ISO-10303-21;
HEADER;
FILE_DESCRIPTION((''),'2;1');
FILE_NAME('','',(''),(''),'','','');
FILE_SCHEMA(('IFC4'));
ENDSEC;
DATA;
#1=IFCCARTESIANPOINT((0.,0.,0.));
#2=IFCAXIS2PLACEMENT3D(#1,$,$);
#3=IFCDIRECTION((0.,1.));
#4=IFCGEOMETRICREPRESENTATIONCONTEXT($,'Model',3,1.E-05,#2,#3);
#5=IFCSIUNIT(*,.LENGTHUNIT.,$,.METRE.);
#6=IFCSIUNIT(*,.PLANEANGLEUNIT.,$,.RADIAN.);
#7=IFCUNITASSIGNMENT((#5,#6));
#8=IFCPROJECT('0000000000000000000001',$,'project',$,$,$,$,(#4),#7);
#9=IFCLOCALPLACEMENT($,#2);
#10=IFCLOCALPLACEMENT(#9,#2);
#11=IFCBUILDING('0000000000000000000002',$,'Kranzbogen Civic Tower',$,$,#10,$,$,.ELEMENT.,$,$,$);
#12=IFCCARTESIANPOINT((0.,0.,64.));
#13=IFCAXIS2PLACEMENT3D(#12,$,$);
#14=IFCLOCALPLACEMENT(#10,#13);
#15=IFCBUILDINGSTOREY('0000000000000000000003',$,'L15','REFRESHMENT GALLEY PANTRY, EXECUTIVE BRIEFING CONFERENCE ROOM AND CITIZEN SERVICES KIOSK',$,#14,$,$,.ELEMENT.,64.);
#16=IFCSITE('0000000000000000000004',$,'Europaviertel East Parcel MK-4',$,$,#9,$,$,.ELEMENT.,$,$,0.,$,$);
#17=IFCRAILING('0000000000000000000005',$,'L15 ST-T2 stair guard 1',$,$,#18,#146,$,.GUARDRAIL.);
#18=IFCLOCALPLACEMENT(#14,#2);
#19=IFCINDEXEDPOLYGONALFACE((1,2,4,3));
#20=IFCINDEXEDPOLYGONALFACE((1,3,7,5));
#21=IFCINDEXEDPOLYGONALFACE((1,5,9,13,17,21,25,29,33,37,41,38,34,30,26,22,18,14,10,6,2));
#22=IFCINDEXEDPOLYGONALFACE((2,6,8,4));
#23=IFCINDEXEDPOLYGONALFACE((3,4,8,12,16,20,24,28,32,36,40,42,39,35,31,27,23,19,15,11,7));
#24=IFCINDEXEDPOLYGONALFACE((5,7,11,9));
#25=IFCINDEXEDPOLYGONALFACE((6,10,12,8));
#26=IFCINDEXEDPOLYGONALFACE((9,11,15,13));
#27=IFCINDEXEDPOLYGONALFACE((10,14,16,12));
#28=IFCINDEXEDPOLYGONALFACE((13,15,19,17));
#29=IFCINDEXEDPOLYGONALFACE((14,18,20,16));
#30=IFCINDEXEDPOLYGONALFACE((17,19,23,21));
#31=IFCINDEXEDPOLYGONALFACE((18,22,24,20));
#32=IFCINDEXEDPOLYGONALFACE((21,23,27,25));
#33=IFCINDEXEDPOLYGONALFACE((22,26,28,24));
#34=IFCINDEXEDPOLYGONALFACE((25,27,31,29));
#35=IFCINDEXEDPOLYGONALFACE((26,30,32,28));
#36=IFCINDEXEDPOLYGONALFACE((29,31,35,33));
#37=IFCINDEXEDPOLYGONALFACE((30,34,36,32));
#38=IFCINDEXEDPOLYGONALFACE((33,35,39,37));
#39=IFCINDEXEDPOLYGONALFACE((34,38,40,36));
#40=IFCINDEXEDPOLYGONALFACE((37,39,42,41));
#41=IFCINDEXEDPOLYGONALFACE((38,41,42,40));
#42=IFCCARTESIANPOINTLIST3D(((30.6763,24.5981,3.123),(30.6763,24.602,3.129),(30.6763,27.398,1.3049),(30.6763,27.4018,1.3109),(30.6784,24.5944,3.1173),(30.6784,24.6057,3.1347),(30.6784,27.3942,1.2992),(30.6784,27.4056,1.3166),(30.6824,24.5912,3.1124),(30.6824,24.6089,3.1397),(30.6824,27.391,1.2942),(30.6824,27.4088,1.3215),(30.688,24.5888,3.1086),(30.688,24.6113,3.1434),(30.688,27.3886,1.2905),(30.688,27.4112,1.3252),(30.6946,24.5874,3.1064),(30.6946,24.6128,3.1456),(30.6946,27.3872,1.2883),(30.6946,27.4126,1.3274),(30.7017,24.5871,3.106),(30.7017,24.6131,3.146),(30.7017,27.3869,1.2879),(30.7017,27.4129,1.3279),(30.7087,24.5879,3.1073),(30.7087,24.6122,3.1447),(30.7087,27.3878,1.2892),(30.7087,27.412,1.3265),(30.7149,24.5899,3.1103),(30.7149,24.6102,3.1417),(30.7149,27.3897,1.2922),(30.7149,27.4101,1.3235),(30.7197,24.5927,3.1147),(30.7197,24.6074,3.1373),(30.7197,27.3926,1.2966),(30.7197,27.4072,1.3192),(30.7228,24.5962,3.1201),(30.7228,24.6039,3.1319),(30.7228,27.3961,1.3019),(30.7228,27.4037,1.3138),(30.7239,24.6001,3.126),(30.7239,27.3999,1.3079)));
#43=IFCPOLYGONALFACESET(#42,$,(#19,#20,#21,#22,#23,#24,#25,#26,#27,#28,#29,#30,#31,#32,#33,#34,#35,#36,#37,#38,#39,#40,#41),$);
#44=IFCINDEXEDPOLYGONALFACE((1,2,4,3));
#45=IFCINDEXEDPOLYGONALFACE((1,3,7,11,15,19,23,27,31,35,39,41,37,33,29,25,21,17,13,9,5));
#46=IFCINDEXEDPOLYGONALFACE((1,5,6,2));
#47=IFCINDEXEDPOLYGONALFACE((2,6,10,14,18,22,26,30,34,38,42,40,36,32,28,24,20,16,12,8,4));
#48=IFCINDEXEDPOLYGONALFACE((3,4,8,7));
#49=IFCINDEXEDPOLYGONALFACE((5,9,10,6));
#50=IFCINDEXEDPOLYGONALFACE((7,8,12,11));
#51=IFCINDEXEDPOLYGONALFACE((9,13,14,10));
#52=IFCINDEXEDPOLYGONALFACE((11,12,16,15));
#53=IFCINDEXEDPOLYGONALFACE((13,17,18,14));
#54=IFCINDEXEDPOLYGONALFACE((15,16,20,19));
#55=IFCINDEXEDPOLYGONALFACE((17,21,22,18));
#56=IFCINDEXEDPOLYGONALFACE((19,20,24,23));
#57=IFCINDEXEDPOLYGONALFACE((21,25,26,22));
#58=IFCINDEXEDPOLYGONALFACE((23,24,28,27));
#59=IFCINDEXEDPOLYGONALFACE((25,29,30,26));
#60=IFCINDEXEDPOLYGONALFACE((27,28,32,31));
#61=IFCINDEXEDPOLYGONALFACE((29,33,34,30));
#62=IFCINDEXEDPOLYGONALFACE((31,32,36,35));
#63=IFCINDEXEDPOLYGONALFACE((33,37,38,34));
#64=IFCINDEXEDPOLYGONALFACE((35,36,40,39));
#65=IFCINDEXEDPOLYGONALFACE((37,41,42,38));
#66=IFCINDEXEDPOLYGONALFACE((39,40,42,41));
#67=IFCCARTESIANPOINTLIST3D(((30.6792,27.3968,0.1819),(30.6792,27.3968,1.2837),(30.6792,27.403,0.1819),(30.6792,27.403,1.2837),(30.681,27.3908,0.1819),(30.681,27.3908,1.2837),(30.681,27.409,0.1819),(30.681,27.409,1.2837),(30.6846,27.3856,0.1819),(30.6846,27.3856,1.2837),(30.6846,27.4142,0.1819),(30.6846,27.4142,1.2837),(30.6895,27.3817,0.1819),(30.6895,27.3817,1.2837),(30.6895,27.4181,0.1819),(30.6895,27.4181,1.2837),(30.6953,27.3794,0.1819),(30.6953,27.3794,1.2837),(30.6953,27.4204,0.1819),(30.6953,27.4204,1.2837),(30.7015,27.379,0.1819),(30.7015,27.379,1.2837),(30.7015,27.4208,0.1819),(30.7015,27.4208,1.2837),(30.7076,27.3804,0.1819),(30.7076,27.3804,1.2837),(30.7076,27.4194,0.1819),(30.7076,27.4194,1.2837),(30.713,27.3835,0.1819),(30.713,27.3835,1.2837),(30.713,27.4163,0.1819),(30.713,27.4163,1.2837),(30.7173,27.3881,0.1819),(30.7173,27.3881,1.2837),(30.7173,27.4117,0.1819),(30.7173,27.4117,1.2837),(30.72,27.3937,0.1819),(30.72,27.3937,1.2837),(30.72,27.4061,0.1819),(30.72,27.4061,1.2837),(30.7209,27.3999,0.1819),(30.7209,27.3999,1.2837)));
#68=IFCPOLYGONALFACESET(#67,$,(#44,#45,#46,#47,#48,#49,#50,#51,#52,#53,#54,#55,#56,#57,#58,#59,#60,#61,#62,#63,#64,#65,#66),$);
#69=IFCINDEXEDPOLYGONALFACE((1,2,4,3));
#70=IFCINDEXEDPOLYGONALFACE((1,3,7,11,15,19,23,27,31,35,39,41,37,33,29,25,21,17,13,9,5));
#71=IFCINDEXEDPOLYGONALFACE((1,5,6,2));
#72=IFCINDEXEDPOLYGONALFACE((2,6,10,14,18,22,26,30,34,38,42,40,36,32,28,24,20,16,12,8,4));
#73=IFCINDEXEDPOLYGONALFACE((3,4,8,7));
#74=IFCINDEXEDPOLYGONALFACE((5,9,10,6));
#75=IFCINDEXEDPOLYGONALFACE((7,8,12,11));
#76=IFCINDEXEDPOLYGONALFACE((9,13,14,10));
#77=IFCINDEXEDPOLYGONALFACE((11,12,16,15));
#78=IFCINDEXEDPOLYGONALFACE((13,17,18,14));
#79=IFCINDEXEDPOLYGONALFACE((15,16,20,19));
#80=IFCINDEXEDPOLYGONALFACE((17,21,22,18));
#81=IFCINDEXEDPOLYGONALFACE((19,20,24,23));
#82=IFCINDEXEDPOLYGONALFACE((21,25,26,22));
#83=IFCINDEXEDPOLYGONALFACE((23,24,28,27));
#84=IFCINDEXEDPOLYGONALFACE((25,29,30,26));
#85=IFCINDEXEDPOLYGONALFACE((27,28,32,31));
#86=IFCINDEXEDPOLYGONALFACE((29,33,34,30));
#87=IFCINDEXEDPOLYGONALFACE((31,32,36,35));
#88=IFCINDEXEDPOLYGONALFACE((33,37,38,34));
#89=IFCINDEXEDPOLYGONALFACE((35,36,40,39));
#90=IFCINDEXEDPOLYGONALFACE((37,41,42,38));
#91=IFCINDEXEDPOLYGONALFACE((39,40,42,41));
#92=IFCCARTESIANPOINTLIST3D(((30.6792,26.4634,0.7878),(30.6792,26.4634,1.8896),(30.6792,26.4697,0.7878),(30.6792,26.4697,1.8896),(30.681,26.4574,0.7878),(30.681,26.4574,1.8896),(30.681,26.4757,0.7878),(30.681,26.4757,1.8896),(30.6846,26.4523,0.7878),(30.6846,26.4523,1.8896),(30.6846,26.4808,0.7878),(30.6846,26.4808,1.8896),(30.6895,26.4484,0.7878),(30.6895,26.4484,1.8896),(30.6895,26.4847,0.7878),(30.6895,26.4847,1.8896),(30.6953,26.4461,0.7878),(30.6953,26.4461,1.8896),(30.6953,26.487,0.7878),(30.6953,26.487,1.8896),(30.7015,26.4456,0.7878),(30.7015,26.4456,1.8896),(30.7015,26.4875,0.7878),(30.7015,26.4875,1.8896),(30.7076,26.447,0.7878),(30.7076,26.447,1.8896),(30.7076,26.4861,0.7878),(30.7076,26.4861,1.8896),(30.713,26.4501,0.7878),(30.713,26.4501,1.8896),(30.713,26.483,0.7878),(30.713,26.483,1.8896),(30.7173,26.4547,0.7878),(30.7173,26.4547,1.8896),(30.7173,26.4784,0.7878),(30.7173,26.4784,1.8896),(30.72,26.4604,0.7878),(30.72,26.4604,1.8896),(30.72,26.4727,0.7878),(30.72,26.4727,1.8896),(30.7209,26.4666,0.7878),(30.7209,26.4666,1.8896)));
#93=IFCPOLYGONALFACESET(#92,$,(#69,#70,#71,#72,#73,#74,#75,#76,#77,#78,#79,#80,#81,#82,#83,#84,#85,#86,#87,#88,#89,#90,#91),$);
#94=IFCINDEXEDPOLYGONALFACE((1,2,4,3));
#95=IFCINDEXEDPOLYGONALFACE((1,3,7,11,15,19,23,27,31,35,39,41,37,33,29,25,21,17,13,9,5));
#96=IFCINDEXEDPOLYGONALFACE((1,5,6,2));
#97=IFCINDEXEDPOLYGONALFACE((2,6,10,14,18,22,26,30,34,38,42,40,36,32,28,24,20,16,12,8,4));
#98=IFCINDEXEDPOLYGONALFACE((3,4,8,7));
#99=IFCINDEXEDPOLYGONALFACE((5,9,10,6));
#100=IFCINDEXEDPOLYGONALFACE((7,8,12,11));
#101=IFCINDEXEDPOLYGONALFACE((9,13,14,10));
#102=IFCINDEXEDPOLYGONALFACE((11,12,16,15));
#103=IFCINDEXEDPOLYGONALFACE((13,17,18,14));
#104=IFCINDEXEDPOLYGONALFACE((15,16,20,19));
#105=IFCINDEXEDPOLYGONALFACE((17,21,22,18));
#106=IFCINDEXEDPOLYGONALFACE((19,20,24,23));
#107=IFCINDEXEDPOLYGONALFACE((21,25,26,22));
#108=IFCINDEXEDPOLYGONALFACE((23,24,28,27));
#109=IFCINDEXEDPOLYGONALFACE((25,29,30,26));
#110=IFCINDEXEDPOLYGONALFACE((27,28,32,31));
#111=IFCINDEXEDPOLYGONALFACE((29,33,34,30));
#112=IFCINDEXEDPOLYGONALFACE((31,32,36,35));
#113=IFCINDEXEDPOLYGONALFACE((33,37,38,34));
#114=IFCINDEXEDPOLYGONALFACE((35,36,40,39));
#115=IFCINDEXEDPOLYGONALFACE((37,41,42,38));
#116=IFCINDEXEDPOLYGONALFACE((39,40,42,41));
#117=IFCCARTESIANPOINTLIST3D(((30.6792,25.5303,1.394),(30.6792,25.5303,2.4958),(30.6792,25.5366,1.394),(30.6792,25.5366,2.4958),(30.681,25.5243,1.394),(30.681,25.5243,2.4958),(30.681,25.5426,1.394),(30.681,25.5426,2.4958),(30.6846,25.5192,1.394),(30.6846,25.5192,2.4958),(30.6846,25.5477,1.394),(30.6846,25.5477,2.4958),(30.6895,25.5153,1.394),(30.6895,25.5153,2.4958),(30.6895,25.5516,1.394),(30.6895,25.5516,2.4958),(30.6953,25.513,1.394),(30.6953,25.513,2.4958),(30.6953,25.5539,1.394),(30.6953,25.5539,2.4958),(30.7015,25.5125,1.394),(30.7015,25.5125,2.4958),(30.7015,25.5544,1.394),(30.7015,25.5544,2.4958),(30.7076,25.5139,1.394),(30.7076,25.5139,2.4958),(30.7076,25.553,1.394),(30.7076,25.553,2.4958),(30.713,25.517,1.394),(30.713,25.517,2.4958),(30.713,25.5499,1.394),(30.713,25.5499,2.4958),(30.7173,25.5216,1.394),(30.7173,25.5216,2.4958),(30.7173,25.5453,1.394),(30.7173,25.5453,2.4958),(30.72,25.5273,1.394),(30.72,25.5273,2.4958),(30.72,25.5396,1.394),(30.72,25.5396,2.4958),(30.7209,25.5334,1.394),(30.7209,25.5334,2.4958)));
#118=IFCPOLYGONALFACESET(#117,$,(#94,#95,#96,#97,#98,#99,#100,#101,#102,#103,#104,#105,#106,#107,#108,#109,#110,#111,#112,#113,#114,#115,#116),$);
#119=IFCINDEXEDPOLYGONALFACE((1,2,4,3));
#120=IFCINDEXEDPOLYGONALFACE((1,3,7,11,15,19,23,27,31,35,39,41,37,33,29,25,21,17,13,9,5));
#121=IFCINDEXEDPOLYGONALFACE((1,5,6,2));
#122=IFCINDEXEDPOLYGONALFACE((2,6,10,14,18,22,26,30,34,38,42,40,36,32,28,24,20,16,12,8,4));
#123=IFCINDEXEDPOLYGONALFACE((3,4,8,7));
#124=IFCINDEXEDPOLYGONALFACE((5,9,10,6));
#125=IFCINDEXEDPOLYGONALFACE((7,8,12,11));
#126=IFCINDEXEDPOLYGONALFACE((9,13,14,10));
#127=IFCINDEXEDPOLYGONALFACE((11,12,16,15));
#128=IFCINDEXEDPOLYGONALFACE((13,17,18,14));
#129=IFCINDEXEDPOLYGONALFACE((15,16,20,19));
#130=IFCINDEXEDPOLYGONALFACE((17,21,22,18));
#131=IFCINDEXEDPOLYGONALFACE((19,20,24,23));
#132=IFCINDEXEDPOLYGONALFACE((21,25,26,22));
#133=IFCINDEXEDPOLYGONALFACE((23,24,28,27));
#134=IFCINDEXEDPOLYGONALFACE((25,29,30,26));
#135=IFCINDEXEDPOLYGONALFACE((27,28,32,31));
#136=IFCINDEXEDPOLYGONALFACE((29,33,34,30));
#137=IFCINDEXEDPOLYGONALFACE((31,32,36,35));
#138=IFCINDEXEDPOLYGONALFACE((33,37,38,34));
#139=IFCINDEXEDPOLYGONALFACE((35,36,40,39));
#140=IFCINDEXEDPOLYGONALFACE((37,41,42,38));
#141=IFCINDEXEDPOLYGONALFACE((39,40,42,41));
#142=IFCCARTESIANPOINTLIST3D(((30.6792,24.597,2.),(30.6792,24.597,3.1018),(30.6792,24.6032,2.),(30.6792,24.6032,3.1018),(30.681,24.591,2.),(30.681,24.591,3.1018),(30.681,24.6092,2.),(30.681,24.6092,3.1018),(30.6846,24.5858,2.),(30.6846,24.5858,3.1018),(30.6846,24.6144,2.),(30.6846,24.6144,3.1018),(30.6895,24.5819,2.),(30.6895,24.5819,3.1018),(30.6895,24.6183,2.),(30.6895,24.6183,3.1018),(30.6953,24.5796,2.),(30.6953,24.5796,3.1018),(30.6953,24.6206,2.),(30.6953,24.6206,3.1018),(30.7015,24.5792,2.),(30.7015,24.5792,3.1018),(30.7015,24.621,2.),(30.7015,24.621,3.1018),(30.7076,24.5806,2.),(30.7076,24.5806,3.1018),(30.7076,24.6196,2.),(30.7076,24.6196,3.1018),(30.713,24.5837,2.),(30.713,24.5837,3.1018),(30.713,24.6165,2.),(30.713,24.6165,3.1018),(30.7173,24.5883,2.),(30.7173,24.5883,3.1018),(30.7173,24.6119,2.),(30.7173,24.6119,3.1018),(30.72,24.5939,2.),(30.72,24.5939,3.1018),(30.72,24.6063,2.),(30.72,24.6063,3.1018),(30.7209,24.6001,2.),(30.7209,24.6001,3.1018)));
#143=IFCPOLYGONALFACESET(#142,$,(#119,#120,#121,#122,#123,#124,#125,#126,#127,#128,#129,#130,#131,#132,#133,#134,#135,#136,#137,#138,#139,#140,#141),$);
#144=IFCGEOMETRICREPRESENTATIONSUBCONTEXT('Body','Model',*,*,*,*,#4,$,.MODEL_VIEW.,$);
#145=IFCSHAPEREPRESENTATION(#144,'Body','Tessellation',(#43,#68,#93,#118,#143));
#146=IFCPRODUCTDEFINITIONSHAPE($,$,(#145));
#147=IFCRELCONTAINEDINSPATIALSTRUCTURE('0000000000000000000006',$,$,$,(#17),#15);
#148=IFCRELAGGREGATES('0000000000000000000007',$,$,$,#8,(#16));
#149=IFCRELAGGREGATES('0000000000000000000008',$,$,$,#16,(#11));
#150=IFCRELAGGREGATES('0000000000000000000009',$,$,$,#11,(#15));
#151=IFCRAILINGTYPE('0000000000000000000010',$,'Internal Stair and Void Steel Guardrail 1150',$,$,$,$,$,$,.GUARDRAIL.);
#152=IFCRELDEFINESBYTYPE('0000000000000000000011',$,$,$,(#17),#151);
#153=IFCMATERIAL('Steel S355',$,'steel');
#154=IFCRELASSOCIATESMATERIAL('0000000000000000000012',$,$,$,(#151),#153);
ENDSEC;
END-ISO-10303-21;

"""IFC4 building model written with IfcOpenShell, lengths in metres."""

from ifc_helpers import new_model, si_unit, direction, frame, origin, origin_2d, place, context, subcontext, project, spatial, circle, extrude, material, type_object, element, save


model = new_model("IFC4")

# Units and contexts
model_context = context("Model", 3, precision=1e-05, world=origin(), true_north=direction((0.0, 1.0)))
body_context = subcontext(model_context, "Body", "Model", "MODEL_VIEW")
ifc_project = project(units=[si_unit("LENGTHUNIT", "METRE"), si_unit("PLANEANGLEUNIT", "RADIAN")], contexts=[model_context])

# Site, building, storey
site_placement = place(None, origin())
site = spatial("IfcSite", under=ifc_project, at=site_placement, Name="Europaviertel East Parcel MK-4", CompositionType="ELEMENT", RefElevation=0.0)
building_placement = place(site_placement, origin())
building = spatial("IfcBuilding", under=site, at=building_placement, Name="Kranzbogen Civic Tower", CompositionType="ELEMENT")
storey_placement = place(building_placement, frame((0.0, 0.0, 64.0)))
storey = spatial("IfcBuildingStorey", under=building, at=storey_placement, Name="L15", Description="REFRESHMENT GALLEY PANTRY, EXECUTIVE BRIEFING CONFERENCE ROOM AND CITIZEN SERVICES KIOSK", CompositionType="ELEMENT", Elevation=64.0)

# Shared definitions
ifc_material_1 = material(Name="Steel S355", Category="steel")

# Railing
railing_type_1 = type_object("IfcRailingType", Name="Internal Stair and Void Steel Guardrail 1150", PredefinedType="GUARDRAIL", material=ifc_material_1)
railing_1_placement = place(storey_placement, frame((30.7, 27.3999, 0.1819)))
element("IfcRailing", 1, at=railing_1_placement, inside=storey, type_object=railing_type_1, Name="L15 ST-T2 stair guard 1", PredefinedType="GUARDRAIL", context=body_context, shape_type="SweptSolid", body=[
    extrude(circle(Radius=0.0239, at=origin_2d()), frame((0.0, 0.0, 1.126), z_axis=(0.0, -0.838684, 0.544618), x_axis=(1.0, 0.0, 0.0)), (0.0, 0.0, 1.0), 3.3384),
    extrude(circle(Radius=0.021, at=origin_2d()), origin(), (0.0, 0.0, 1.0), 1.1018),
    extrude(circle(Radius=0.021, at=origin_2d()), frame((0.0, -0.9333, 0.606)), (0.0, 0.0, 1.0), 1.1018),
    extrude(circle(Radius=0.021, at=origin_2d()), frame((0.0, -1.8665, 1.2122)), (0.0, 0.0, 1.0), 1.1018),
    extrude(circle(Radius=0.021, at=origin_2d()), frame((0.0, -2.7998, 1.8181)), (0.0, 0.0, 1.0), 1.1018),
])

save(model, "model.ifc")
